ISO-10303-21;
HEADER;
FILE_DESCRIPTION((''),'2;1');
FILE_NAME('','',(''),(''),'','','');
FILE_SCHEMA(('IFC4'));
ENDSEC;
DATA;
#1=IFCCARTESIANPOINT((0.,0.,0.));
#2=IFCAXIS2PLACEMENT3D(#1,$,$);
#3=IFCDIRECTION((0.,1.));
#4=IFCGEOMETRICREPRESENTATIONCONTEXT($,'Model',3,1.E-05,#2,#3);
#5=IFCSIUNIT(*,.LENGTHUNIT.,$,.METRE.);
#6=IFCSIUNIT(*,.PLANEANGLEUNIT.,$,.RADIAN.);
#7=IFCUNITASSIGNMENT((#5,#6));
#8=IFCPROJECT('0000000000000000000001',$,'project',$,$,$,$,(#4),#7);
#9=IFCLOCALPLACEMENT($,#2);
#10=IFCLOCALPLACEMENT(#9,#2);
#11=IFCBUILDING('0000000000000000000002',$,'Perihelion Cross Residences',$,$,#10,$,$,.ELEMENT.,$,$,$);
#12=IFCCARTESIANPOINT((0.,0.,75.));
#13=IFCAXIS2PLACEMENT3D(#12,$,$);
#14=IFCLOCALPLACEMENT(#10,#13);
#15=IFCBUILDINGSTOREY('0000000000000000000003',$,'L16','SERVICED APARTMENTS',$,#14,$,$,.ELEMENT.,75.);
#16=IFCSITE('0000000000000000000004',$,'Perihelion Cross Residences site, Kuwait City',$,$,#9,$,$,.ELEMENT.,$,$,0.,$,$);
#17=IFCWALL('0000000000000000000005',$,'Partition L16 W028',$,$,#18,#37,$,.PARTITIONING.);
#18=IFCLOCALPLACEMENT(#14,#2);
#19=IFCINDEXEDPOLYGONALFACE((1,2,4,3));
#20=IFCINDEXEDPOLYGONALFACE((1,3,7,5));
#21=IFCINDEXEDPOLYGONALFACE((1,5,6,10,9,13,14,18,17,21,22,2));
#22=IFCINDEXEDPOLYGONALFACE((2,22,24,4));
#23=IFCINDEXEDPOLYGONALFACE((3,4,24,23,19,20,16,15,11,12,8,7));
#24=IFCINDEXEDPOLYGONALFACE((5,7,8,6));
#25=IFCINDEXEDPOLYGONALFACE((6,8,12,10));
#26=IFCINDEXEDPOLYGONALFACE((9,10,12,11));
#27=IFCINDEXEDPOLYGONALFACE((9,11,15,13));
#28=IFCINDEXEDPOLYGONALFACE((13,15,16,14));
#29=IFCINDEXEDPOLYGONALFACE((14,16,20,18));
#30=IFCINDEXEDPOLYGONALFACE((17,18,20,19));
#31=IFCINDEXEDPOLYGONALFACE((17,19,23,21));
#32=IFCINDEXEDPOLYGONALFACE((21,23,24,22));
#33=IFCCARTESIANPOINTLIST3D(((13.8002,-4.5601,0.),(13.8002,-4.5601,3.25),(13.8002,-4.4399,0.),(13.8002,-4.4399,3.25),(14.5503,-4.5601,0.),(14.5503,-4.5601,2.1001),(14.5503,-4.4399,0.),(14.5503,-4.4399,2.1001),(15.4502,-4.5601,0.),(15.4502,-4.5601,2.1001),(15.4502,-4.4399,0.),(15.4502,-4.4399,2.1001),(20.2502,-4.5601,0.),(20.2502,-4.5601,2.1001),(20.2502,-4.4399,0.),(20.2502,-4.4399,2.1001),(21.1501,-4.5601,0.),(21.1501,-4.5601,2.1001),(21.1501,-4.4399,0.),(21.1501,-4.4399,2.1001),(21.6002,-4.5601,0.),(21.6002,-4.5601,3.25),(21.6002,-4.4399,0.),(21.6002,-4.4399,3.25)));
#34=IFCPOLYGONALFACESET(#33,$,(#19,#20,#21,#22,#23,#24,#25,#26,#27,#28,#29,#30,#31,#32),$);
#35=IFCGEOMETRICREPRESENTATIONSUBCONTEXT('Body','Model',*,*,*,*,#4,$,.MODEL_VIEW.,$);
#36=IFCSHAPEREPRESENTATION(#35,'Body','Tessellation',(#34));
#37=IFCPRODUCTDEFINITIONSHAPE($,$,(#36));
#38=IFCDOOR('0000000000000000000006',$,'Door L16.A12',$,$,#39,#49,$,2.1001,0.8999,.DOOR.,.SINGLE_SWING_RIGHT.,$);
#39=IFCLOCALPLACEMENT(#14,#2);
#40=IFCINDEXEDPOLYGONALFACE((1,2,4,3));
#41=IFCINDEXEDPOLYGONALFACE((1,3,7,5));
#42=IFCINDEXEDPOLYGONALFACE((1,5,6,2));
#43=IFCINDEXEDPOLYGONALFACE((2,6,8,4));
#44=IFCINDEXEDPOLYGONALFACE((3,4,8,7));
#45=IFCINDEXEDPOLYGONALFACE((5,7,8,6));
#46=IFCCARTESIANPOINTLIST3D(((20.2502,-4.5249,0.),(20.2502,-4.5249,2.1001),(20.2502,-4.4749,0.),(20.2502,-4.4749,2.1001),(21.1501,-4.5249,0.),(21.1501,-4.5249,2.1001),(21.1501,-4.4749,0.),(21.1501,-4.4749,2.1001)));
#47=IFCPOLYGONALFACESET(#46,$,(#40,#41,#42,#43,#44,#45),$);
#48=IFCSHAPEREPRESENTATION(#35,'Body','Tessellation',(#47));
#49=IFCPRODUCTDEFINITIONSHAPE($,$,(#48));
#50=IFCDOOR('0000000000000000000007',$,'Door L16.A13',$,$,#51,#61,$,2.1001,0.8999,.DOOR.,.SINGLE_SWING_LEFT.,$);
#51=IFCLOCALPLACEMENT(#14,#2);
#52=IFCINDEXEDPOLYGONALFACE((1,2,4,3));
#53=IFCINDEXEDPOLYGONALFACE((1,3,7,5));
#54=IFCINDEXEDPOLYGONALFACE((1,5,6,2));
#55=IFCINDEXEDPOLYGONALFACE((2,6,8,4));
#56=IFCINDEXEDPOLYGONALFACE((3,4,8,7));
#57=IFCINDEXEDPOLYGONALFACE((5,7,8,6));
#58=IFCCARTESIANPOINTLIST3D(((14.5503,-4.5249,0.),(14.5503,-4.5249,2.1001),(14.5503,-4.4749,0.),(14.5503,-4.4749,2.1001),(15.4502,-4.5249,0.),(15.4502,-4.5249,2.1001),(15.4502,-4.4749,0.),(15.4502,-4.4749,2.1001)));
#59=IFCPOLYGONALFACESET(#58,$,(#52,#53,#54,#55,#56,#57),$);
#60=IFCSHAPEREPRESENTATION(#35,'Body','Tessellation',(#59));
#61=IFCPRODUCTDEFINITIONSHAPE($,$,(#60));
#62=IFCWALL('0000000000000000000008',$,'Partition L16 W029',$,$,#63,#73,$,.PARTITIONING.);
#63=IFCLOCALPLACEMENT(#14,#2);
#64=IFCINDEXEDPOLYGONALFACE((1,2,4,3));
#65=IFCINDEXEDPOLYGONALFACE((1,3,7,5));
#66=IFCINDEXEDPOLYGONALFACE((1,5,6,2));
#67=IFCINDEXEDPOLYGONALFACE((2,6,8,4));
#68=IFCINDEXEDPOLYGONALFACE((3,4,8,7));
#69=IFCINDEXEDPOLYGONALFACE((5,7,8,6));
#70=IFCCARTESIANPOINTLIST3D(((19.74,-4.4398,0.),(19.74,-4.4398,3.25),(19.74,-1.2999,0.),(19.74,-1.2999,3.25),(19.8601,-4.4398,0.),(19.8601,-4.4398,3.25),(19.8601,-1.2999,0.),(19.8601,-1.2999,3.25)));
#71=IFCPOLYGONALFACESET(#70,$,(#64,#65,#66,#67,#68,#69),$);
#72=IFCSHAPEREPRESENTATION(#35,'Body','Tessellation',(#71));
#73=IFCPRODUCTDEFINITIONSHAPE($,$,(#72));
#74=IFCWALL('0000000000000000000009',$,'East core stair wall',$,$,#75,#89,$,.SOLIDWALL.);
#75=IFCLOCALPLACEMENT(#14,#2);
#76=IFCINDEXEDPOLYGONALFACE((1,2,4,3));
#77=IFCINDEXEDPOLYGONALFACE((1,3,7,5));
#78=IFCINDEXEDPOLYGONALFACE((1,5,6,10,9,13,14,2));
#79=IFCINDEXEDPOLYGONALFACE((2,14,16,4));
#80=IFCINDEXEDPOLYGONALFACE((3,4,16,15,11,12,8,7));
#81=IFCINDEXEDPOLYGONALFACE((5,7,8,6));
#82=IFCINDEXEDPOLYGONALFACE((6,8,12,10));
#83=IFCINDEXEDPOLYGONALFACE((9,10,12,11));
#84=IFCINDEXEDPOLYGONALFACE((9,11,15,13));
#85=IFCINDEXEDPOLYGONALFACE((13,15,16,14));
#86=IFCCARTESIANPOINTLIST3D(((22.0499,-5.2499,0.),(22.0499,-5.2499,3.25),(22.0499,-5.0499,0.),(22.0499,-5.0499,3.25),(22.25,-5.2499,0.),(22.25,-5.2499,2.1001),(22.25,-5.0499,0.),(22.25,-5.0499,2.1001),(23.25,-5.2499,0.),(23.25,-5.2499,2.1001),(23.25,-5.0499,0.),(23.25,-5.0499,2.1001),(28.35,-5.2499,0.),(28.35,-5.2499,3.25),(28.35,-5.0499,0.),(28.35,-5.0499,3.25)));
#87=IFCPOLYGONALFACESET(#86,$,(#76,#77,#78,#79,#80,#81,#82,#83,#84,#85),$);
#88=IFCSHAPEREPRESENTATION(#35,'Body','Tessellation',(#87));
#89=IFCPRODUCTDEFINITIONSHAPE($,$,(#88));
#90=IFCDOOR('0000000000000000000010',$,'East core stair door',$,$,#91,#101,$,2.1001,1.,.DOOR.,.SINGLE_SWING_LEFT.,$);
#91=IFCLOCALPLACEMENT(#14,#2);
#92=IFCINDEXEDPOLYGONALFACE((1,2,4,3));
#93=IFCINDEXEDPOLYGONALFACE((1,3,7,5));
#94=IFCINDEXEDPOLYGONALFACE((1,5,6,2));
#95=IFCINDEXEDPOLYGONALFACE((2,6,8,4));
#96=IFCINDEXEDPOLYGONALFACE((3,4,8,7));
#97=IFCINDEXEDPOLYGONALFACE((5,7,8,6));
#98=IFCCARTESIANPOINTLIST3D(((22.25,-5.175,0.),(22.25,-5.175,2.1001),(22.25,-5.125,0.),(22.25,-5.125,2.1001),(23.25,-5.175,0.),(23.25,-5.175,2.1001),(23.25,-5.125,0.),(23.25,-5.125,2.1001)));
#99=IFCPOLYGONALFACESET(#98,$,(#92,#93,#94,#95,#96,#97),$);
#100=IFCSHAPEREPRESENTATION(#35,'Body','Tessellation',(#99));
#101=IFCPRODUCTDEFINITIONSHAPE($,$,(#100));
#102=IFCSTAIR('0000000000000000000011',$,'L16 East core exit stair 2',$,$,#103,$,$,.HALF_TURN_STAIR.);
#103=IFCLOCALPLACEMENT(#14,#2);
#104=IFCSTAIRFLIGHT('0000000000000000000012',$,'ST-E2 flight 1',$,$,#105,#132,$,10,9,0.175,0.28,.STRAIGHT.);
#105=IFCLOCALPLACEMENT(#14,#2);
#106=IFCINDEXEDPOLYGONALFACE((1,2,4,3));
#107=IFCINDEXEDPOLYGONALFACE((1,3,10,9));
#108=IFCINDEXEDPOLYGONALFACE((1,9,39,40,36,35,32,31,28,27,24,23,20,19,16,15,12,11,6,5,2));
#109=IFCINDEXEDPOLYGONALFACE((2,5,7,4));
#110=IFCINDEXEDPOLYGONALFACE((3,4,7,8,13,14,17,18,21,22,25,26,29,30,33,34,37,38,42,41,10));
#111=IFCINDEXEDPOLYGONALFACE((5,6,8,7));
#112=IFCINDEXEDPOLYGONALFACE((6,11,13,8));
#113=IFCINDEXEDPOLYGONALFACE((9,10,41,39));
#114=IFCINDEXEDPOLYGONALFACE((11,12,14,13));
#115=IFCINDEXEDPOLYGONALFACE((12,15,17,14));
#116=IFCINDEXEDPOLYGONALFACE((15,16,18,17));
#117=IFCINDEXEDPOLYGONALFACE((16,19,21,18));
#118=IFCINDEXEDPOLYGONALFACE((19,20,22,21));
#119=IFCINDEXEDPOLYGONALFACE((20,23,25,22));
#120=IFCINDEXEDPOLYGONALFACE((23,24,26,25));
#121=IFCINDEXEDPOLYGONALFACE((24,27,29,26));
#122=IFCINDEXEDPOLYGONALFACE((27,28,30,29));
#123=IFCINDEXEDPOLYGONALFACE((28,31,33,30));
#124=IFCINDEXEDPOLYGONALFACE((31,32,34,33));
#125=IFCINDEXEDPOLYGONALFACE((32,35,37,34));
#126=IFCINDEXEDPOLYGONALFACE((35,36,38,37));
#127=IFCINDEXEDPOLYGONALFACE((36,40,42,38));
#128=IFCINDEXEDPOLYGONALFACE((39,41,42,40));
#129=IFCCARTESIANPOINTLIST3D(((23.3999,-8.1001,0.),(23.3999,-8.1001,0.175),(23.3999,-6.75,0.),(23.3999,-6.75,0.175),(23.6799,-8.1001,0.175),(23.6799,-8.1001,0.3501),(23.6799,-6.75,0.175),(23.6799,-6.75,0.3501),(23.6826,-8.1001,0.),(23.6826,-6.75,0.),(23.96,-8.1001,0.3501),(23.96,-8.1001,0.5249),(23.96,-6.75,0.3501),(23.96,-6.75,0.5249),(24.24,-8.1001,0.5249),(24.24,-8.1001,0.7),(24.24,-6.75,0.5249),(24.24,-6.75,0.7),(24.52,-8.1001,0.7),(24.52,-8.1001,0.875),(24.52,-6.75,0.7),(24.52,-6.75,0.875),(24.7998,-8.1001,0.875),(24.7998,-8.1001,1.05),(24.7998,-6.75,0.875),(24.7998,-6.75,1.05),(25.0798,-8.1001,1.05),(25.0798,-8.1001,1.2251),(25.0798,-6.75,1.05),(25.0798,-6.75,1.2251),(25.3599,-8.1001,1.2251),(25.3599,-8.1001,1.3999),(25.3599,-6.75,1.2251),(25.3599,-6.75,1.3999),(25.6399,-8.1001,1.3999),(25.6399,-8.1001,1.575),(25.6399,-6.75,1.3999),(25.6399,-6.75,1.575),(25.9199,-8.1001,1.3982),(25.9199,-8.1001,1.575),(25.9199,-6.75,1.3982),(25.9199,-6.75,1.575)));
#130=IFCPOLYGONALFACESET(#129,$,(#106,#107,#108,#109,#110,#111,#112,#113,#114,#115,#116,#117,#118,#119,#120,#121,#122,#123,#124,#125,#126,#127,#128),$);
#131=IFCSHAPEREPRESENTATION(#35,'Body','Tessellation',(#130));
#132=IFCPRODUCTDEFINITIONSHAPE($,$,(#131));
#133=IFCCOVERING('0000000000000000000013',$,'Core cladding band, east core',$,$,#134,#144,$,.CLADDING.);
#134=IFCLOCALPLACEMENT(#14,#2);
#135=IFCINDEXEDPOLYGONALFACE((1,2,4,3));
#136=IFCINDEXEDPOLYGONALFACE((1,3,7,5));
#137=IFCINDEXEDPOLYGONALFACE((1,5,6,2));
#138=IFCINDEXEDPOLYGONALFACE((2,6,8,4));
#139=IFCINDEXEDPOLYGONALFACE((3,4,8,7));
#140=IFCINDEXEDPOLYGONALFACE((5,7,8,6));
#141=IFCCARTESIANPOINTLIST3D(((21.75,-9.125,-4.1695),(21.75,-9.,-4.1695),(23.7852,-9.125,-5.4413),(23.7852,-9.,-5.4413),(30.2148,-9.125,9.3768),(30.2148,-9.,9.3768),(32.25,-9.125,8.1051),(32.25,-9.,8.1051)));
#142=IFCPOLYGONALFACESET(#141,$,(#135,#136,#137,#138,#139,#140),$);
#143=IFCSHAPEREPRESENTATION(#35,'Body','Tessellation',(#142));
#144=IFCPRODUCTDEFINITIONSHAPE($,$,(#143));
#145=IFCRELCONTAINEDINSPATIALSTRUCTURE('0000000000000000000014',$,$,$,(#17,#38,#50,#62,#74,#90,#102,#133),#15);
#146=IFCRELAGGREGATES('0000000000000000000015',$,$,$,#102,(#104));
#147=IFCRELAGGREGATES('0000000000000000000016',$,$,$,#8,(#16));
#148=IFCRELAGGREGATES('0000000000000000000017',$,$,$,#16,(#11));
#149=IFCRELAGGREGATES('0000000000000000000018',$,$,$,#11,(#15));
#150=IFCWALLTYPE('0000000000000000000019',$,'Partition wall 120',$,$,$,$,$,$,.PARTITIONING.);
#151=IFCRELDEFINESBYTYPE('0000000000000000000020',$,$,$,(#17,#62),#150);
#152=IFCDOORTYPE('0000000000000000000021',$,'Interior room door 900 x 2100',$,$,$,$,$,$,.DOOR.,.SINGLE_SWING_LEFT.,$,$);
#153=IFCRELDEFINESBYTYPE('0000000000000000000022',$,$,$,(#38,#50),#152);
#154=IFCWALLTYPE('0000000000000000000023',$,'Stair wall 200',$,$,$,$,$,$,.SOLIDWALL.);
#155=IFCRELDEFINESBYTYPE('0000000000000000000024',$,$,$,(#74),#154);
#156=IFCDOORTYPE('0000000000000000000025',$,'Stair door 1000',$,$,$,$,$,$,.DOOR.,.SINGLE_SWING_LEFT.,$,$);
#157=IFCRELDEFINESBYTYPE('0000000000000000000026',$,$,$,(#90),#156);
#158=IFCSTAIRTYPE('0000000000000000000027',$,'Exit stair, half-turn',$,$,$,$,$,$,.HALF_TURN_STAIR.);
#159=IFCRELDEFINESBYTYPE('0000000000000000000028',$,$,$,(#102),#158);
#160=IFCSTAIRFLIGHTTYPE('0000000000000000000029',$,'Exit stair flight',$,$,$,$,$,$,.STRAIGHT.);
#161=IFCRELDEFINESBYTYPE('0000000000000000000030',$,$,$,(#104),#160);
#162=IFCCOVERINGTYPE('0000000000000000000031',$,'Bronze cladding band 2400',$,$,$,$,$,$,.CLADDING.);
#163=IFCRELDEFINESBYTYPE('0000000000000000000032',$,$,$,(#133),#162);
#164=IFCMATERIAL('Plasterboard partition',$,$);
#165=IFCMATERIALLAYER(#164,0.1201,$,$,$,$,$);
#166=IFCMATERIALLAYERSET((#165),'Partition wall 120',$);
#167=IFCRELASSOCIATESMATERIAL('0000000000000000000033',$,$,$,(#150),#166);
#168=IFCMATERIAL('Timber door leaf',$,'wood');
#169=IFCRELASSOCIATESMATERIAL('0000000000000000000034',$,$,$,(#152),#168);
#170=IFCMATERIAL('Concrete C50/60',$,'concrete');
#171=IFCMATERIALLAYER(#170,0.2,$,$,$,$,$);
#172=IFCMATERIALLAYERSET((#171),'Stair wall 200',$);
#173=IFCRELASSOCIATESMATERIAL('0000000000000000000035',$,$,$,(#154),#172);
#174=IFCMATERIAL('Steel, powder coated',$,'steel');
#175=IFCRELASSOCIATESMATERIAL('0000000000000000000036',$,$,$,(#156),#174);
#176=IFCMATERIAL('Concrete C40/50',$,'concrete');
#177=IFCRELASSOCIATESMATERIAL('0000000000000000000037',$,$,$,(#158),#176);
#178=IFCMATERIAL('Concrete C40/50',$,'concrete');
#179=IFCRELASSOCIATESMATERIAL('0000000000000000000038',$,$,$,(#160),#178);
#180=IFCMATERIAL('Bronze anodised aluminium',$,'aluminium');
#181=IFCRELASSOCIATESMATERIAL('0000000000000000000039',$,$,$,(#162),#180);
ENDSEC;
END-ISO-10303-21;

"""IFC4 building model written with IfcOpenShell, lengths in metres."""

from ifc_helpers import new_model, si_unit, direction, frame, frame_2d, origin, origin_2d, place, context, subcontext, project, spatial, polyline, rectangle, outline, extrude, material, layer, layer_set, material_profile, profile_set, type_object, element, fill, aggregate, save


model = new_model("IFC4")

# Units and contexts
model_context = context("Model", 3, precision=1e-05, world=origin(), true_north=direction((0.0, 1.0)))
body_context = subcontext(model_context, "Body", "Model", "MODEL_VIEW")
ifc_project = project(units=[si_unit("LENGTHUNIT", "METRE"), si_unit("PLANEANGLEUNIT", "RADIAN")], contexts=[model_context])

# Site, building, storey
site_placement = place(None, origin())
site = spatial("IfcSite", under=ifc_project, at=site_placement, Name="Perihelion Cross Residences site, Kuwait City", CompositionType="ELEMENT", RefElevation=0.0)
building_placement = place(site_placement, origin())
building = spatial("IfcBuilding", under=site, at=building_placement, Name="Perihelion Cross Residences", CompositionType="ELEMENT")
storey_placement = place(building_placement, frame((0.0, 0.0, 75.0)))
storey = spatial("IfcBuildingStorey", under=building, at=storey_placement, Name="L16", Description="SERVICED APARTMENTS", CompositionType="ELEMENT", Elevation=75.0)

# Wall, openings, doors
ifc_material_1 = material(Name="Plasterboard partition")
ifc_layer_1 = layer(ifc_material_1, 0.1201)
ifc_layer_set_1 = layer_set([ifc_layer_1], Name="Partition wall 120")
wall_type_1 = type_object("IfcWallType", Name="Partition wall 120", PredefinedType="PARTITIONING", material=ifc_layer_set_1)
wall_1_placement = place(storey_placement, frame((21.6001, -4.5, 0.0), z_axis=(0.0, 0.0, 1.0), x_axis=(-1.0, 0.0, 0.0)))
wall_1 = element("IfcWall", 1, at=wall_1_placement, inside=storey, type_object=wall_type_1, Name="Partition L16 W028", PredefinedType="PARTITIONING", context=body_context, shape_type="SweptSolid", body=[
    extrude(rectangle(XDim=7.8, YDim=0.1201, at=frame_2d((3.8999, 0.0))), origin(), (0.0, 0.0, 1.0), 3.25),
])
opening_1_placement = place(wall_1_placement, frame((0.45, 0.0, 0.0)))
opening_1 = element("IfcOpeningElement", 2, at=opening_1_placement, cuts=wall_1, PredefinedType="OPENING", context=body_context, shape_type="SweptSolid", body=[
    extrude(rectangle(XDim=0.8999, YDim=2.1001, at=frame_2d((0.45, 1.05))), frame((0.0, 0.0701, 0.0), z_axis=(0.0, -1.0, 0.0), x_axis=(1.0, 0.0, 0.0)), (0.0, 0.0, 1.0), 0.1401),
])
opening_2_placement = place(wall_1_placement, frame((6.1499, 0.0, 0.0)))
opening_2 = element("IfcOpeningElement", 3, at=opening_2_placement, cuts=wall_1, PredefinedType="OPENING", context=body_context, shape_type="SweptSolid", body=[
    extrude(rectangle(XDim=0.8999, YDim=2.1001, at=frame_2d((0.45, 1.05))), frame((0.0, 0.0701, 0.0), z_axis=(0.0, -1.0, 0.0), x_axis=(1.0, 0.0, 0.0)), (0.0, 0.0, 1.0), 0.1401),
])
ifc_material_2 = material(Name="Timber door leaf", Category="wood")
door_type_1 = type_object("IfcDoorType", Name="Interior room door 900 x 2100", OperationType="SINGLE_SWING_LEFT", PredefinedType="DOOR", material=ifc_material_2)
door_1_placement = place(opening_1_placement, origin())
door_1 = element("IfcDoor", 4, at=door_1_placement, inside=storey, type_object=door_type_1, Name="Door L16.A12", OperationType="SINGLE_SWING_RIGHT", OverallHeight=2.1001, OverallWidth=0.8999, PredefinedType="DOOR", context=body_context, shape_type="SweptSolid", body=[
    extrude(rectangle(XDim=0.8999, YDim=2.1001, at=frame_2d((0.45, 1.05))), frame((0.0, 0.0249, 0.0), z_axis=(0.0, -1.0, 0.0), x_axis=(1.0, 0.0, 0.0)), (0.0, 0.0, 1.0), 0.05),
])
fill(opening_1, door_1)
door_2_placement = place(opening_2_placement, origin())
door_2 = element("IfcDoor", 5, at=door_2_placement, inside=storey, type_object=door_type_1, Name="Door L16.A13", OperationType="SINGLE_SWING_LEFT", OverallHeight=2.1001, OverallWidth=0.8999, PredefinedType="DOOR", context=body_context, shape_type="SweptSolid", body=[
    extrude(rectangle(XDim=0.8999, YDim=2.1001, at=frame_2d((0.45, 1.05))), frame((0.0, 0.0249, 0.0), z_axis=(0.0, -1.0, 0.0), x_axis=(1.0, 0.0, 0.0)), (0.0, 0.0, 1.0), 0.05),
])
fill(opening_2, door_2)

# Wall
wall_2_placement = place(storey_placement, frame((19.8, -1.3, 0.0), z_axis=(0.0, 0.0, 1.0), x_axis=(0.0, -1.0, 0.0)))
element("IfcWall", 6, at=wall_2_placement, inside=storey, type_object=wall_type_1, Name="Partition L16 W029", PredefinedType="PARTITIONING", context=body_context, shape_type="SweptSolid", body=[
    extrude(rectangle(XDim=3.1399, YDim=0.1201, at=frame_2d((1.5698, 0.0))), origin(), (0.0, 0.0, 1.0), 3.25),
])

# Wall, opening, door
ifc_material_3 = material(Name="Concrete C50/60", Category="concrete")
ifc_layer_2 = layer(ifc_material_3, 0.2)
ifc_layer_set_2 = layer_set([ifc_layer_2], Name="Stair wall 200")
wall_type_2 = type_object("IfcWallType", Name="Stair wall 200", PredefinedType="SOLIDWALL", material=ifc_layer_set_2)
wall_3_placement = place(storey_placement, frame((22.05, -5.1499, 0.0), z_axis=(0.0, 0.0, 1.0), x_axis=(1.0, 0.0, 0.0)))
wall_3 = element("IfcWall", 7, at=wall_3_placement, inside=storey, type_object=wall_type_2, Name="East core stair wall", PredefinedType="SOLIDWALL", context=body_context, shape_type="SweptSolid", body=[
    extrude(rectangle(XDim=6.3, YDim=0.2, at=frame_2d((3.1499, 0.0))), origin(), (0.0, 0.0, 1.0), 3.25),
])
opening_3_placement = place(wall_3_placement, frame((0.2, 0.0, 0.0)))
opening_3 = element("IfcOpeningElement", 8, at=opening_3_placement, cuts=wall_3, PredefinedType="OPENING", context=body_context, shape_type="SweptSolid", body=[
    extrude(rectangle(XDim=1.0, YDim=2.1001, at=frame_2d((0.5, 1.05))), frame((0.0, 0.1099, 0.0), z_axis=(0.0, -1.0, 0.0), x_axis=(1.0, 0.0, 0.0)), (0.0, 0.0, 1.0), 0.22),
])
ifc_material_4 = material(Name="Steel, powder coated", Category="steel")
door_type_2 = type_object("IfcDoorType", Name="Stair door 1000", OperationType="SINGLE_SWING_LEFT", PredefinedType="DOOR", material=ifc_material_4)
door_3_placement = place(opening_3_placement, origin())
door_3 = element("IfcDoor", 9, at=door_3_placement, inside=storey, type_object=door_type_2, Name="East core stair door", OperationType="SINGLE_SWING_LEFT", OverallHeight=2.1001, OverallWidth=1.0, PredefinedType="DOOR", context=body_context, shape_type="SweptSolid", body=[
    extrude(rectangle(XDim=1.0, YDim=2.1001, at=frame_2d((0.5, 1.05))), frame((0.0, 0.0249, 0.0), z_axis=(0.0, -1.0, 0.0), x_axis=(1.0, 0.0, 0.0)), (0.0, 0.0, 1.0), 0.05),
])
fill(opening_3, door_3)

# Stair, stair flight
ifc_material_5 = material(Name="Concrete C40/50", Category="concrete")
stair_type = type_object("IfcStairType", Name="Exit stair, half-turn", PredefinedType="HALF_TURN_STAIR", material=ifc_material_5)
stair_placement = place(storey_placement, origin())
stair = element("IfcStair", 10, at=stair_placement, inside=storey, type_object=stair_type, Name="L16 East core exit stair 2", PredefinedType="HALF_TURN_STAIR")
ifc_material_6 = material(Name="Concrete C40/50", Category="concrete")
stair_flight_type = type_object("IfcStairFlightType", Name="Exit stair flight", PredefinedType="STRAIGHT", material=ifc_material_6)
stair_flight_placement = place(storey_placement, frame((23.3999, -7.425, 0.0), z_axis=(0.0, 0.0, 1.0), x_axis=(1.0, 0.0, 0.0)))
stair_flight = element("IfcStairFlight", 11, at=stair_flight_placement, type_object=stair_flight_type, Name="ST-E2 flight 1", NumberOfRisers=10, NumberOfTreads=9, PredefinedType="STRAIGHT", RiserHeight=0.175, TreadLength=0.28, context=body_context, shape_type="SweptSolid", body=[
    extrude(outline(polyline([(0.0, 0.0), (0.0, 0.175), (0.28, 0.175), (0.28, 0.3501), (0.5601, 0.3501), (0.5601, 0.5249), (0.8401, 0.5249), (0.8401, 0.7), (1.1201, 0.7), (1.1201, 0.875), (1.3999, 0.875), (1.3999, 1.05), (1.6799, 1.05), (1.6799, 1.2251), (1.96, 1.2251), (1.96, 1.3999), (2.24, 1.3999), (2.24, 1.575), (2.52, 1.575), (2.52, 1.75), (2.52, 1.3982), (0.2827, 0.0), (0.0, 0.0)])), frame((0.0, 0.675, 0.0), z_axis=(0.0, -1.0, 0.0), x_axis=(1.0, 0.0, 0.0)), (0.0, 0.0, 1.0), 1.3501),
])
aggregate(stair, [stair_flight])

# Covering
ifc_material_7 = material(Name="Bronze anodised aluminium", Category="aluminium")
ifc_material_profile_1 = material_profile(ifc_material_7, rectangle(XDim=0.125, YDim=2.3999, at=origin_2d()), Name="Bronze cladding band 2400")
ifc_profile_set_1 = profile_set([ifc_material_profile_1], Name="Bronze anodised aluminium")
covering_type = type_object("IfcCoveringType", Name="Bronze cladding band 2400", PredefinedType="CLADDING", material=ifc_profile_set_1)
covering_placement = place(storey_placement, frame((22.7676, -9.0625, -4.8054), z_axis=(0.529925, 0.0, 0.848045), x_axis=(0.0, 1.0, 0.0)))
element("IfcCovering", 12, at=covering_placement, inside=storey, type_object=covering_type, Name="Core cladding band, east core", PredefinedType="CLADDING", context=body_context, shape_type="SweptSolid", body=[
    extrude(rectangle(XDim=0.125, YDim=2.3999, at=origin_2d()), origin(), (0.0, 0.0, 1.0), 15.9736),
])

save(model, "model.ifc")
